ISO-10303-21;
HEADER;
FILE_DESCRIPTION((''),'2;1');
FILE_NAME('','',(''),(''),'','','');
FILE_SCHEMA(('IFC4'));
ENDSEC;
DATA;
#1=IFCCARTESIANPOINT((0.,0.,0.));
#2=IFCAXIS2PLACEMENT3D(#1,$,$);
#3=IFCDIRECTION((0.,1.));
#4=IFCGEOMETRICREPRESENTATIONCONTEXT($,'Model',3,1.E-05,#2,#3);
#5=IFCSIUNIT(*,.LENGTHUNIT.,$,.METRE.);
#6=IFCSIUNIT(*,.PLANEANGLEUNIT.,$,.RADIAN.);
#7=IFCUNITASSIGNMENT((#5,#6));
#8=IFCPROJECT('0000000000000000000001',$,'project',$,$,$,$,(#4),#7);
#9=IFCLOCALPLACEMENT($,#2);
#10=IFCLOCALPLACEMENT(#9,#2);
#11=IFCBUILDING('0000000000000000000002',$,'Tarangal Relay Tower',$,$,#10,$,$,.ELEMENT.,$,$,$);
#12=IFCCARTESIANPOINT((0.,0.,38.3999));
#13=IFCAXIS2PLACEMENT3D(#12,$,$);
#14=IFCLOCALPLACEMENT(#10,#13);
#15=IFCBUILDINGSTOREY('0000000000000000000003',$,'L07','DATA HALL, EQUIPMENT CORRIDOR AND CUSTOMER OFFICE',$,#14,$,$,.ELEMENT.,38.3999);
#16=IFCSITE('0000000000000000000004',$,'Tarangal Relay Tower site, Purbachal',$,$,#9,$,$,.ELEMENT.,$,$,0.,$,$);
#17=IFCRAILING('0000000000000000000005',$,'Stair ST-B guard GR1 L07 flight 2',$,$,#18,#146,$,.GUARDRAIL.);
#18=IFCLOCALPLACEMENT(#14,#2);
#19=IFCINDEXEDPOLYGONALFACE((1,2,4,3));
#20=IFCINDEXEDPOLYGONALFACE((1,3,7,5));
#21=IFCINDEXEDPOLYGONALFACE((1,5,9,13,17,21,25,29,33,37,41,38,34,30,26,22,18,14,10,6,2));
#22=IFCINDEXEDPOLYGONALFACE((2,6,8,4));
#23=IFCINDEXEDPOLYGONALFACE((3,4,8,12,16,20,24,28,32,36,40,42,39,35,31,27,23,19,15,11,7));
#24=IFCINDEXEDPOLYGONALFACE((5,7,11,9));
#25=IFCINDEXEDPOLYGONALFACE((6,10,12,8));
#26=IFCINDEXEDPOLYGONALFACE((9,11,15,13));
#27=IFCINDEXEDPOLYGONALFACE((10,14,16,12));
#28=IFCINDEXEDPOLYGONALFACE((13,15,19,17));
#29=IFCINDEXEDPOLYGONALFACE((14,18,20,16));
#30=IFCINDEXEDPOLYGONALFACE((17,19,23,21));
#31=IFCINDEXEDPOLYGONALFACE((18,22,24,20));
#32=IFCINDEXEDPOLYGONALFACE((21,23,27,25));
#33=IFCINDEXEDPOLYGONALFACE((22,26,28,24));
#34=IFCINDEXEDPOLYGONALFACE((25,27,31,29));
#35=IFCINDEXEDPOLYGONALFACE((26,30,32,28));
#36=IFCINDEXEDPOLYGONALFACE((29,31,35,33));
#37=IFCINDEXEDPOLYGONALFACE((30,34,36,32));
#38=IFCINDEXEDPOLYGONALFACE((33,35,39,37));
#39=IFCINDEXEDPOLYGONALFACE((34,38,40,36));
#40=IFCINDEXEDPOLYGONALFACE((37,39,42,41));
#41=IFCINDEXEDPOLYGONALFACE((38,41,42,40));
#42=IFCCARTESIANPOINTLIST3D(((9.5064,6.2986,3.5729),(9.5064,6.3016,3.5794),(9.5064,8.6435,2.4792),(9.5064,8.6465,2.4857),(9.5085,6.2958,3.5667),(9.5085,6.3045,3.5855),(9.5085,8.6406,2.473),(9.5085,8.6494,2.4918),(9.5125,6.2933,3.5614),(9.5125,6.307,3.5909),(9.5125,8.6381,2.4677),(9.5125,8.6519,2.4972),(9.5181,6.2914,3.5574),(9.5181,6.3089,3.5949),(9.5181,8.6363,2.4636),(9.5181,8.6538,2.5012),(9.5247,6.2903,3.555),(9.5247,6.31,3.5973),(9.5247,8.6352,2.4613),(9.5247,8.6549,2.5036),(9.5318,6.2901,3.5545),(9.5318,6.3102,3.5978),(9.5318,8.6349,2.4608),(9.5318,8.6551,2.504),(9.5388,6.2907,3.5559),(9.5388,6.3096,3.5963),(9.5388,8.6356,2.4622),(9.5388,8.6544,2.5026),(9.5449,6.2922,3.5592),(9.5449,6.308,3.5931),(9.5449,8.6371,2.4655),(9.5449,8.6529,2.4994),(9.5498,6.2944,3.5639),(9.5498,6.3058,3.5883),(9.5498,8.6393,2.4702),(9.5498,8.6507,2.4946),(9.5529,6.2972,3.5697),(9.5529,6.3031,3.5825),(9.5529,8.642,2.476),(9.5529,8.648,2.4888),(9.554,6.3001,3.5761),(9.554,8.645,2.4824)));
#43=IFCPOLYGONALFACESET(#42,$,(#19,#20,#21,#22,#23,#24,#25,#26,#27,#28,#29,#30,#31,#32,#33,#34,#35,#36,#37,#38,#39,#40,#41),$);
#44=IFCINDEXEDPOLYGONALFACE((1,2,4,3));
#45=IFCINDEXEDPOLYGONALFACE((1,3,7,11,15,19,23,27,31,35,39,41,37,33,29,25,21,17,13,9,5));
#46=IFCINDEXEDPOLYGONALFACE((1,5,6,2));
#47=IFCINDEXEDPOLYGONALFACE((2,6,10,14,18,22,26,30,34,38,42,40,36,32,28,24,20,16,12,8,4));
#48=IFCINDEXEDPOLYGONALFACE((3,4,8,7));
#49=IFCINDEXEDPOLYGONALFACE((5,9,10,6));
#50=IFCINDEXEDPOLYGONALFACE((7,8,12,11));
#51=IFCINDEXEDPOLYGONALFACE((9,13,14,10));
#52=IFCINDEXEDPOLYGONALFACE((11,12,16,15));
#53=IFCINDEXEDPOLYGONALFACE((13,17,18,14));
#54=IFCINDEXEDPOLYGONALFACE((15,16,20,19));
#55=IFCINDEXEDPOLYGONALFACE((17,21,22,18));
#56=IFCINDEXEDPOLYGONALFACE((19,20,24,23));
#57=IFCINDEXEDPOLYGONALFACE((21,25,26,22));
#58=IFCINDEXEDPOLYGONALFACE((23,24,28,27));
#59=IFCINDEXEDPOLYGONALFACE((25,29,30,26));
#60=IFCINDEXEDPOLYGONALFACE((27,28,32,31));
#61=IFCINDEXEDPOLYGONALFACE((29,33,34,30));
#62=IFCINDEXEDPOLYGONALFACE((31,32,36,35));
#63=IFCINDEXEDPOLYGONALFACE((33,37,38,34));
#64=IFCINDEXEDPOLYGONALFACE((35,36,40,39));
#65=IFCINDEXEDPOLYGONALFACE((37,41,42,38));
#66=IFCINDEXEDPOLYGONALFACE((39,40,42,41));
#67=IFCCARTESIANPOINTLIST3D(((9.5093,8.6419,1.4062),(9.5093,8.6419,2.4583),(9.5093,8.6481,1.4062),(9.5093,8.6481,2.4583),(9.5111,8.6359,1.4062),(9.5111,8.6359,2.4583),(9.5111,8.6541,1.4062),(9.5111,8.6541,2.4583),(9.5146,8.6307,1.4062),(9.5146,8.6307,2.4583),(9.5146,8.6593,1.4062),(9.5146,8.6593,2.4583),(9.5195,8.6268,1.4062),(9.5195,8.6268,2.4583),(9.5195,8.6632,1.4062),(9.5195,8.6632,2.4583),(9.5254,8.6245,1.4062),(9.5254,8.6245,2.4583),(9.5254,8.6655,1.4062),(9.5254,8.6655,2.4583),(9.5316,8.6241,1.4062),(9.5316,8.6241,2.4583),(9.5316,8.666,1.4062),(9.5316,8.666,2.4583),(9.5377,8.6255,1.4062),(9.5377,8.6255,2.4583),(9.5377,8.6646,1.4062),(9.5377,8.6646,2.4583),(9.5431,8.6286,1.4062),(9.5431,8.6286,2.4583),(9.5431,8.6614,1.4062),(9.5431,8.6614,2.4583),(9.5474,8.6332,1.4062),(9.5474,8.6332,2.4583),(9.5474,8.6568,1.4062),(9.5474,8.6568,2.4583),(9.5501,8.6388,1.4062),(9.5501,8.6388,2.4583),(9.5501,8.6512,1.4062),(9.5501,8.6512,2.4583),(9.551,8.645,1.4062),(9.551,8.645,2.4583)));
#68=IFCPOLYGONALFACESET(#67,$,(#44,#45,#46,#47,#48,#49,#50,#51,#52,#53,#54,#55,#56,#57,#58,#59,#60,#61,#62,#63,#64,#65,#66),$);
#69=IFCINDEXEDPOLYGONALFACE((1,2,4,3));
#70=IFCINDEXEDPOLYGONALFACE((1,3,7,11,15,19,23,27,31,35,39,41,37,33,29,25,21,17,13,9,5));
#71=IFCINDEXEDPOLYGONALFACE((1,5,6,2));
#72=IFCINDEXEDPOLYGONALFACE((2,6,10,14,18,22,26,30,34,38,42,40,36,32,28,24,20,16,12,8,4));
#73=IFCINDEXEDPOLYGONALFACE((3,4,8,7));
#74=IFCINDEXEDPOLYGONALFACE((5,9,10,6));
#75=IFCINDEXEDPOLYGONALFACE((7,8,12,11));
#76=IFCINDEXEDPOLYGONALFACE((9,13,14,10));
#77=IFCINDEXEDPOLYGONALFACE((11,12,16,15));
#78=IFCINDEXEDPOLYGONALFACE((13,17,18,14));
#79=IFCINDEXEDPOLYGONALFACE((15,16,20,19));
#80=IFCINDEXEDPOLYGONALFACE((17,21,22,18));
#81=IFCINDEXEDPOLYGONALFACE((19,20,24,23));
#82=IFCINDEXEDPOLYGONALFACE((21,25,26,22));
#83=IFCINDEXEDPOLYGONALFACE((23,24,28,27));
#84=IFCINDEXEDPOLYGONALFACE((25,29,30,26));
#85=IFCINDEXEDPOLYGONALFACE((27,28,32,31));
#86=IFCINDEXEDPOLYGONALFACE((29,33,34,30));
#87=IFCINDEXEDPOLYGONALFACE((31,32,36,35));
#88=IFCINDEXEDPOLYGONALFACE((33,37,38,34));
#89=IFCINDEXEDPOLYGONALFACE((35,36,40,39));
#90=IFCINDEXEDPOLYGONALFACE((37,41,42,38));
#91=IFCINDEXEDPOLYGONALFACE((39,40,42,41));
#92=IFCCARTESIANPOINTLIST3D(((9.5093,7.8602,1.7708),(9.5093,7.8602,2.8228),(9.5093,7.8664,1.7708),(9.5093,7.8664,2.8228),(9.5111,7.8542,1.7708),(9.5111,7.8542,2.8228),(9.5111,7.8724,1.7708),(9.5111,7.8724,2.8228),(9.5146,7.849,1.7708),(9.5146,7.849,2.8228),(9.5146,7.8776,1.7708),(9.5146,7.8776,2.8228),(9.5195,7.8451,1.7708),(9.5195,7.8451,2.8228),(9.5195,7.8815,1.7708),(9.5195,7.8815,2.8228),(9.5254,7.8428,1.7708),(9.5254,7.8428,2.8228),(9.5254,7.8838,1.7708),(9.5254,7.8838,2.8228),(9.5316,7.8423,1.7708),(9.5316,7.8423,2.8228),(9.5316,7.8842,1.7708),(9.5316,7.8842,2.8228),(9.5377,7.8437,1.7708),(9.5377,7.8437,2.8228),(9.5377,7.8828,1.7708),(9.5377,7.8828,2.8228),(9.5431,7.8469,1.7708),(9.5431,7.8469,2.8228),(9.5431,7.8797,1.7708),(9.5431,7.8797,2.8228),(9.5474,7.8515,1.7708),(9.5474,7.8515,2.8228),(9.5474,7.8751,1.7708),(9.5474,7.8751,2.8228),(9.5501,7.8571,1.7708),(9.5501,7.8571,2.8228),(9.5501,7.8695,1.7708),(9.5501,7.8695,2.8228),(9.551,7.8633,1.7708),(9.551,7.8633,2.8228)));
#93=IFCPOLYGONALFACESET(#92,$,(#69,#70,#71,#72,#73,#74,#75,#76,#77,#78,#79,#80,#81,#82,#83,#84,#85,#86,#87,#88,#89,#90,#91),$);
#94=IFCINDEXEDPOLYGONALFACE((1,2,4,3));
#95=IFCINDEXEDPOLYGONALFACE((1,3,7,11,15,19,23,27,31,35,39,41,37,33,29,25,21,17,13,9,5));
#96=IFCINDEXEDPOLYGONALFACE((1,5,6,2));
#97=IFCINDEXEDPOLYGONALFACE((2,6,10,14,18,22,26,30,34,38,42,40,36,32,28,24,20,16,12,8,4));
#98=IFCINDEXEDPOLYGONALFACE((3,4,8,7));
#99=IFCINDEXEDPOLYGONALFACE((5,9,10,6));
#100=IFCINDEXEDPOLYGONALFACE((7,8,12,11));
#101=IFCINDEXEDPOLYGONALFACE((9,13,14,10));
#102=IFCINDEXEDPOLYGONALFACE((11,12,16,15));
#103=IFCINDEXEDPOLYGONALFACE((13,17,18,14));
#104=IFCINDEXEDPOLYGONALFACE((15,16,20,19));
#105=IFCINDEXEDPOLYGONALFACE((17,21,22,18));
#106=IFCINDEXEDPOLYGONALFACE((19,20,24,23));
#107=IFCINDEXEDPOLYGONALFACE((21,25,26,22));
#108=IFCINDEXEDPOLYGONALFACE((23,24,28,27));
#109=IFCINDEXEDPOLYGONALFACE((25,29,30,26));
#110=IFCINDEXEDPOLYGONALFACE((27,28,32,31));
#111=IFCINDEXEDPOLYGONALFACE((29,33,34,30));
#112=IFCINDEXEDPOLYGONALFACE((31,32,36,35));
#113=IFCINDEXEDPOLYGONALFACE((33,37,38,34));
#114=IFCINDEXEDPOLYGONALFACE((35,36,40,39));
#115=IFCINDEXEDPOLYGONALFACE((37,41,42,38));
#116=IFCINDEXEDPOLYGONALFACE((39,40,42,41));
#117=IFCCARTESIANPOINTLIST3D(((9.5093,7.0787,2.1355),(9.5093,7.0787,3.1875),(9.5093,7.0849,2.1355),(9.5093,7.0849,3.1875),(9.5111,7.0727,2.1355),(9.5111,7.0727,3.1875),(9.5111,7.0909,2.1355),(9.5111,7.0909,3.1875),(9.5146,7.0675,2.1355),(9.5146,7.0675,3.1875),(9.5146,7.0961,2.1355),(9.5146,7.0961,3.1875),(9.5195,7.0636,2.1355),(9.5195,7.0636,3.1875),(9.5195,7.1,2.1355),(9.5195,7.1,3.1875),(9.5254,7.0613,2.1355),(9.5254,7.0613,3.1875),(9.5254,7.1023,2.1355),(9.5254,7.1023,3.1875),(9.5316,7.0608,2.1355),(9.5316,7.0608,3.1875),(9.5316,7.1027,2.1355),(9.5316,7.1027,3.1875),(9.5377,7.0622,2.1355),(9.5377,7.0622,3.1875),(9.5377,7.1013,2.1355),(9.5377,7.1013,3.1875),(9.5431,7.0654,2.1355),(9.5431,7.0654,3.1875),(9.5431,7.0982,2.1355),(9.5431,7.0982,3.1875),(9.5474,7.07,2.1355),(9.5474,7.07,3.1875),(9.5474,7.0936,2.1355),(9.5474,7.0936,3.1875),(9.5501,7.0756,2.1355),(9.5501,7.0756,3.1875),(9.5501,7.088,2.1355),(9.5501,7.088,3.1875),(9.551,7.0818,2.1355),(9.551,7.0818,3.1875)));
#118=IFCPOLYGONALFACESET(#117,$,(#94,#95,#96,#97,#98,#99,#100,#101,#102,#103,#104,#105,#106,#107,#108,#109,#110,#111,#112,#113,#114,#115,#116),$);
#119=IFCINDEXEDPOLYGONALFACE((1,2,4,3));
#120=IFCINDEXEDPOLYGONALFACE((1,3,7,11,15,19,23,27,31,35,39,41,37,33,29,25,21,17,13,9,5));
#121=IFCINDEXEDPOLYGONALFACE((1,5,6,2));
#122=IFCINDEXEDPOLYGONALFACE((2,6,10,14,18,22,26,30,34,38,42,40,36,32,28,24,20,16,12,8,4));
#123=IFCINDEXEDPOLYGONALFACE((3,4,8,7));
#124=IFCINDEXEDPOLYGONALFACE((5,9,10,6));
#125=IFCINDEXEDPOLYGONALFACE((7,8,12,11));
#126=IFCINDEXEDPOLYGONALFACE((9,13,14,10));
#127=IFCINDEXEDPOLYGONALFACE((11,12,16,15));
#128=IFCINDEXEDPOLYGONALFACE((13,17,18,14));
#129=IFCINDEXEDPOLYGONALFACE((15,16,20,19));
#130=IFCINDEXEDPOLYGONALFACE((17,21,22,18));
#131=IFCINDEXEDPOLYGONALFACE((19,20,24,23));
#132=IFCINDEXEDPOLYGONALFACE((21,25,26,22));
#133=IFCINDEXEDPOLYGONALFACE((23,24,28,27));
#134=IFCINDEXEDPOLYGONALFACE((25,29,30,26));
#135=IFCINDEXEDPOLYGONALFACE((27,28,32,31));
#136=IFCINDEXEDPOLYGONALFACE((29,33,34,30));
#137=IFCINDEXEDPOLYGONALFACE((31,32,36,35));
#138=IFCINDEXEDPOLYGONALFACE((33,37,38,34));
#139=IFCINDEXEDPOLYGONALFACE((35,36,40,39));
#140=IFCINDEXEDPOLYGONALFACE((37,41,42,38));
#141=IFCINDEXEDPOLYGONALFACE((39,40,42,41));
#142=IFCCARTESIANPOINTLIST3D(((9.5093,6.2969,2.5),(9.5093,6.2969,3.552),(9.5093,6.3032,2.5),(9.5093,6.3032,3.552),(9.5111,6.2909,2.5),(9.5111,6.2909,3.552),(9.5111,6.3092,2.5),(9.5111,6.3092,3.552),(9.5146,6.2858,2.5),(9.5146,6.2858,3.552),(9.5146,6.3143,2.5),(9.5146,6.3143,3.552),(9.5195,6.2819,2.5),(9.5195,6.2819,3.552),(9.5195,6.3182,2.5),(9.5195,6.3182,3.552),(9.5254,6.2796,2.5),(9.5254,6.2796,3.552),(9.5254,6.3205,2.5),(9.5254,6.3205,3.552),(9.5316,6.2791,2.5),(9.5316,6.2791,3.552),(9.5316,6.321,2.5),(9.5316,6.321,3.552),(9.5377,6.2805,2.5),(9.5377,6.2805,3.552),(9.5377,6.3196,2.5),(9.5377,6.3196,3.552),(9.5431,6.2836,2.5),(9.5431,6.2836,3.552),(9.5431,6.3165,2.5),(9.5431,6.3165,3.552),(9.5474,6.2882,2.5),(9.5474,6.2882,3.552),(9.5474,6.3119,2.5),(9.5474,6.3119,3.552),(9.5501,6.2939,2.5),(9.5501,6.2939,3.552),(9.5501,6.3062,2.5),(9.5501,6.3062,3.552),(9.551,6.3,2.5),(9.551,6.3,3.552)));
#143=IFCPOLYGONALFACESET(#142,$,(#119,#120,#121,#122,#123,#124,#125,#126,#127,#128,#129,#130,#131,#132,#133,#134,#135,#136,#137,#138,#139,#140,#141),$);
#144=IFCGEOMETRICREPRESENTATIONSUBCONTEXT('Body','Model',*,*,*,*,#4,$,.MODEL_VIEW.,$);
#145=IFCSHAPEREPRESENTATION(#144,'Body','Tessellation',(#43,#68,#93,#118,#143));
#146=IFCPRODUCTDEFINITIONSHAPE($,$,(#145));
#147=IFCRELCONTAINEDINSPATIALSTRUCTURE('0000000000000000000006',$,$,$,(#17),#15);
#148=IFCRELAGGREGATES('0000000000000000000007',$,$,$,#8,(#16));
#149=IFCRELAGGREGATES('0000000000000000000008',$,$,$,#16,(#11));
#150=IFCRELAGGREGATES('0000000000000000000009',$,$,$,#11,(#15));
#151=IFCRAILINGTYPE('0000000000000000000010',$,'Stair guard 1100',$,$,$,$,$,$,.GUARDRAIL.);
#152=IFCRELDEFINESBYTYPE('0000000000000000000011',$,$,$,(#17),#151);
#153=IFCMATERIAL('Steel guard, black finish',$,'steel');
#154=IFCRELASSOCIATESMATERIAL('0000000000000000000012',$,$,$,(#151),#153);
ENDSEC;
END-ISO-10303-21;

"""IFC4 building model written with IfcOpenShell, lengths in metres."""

from ifc_helpers import new_model, si_unit, direction, frame, origin, origin_2d, place, context, subcontext, project, spatial, circle, extrude, material, type_object, element, save


model = new_model("IFC4")

# Units and contexts
model_context = context("Model", 3, precision=1e-05, world=origin(), true_north=direction((0.0, 1.0)))
body_context = subcontext(model_context, "Body", "Model", "MODEL_VIEW")
ifc_project = project(units=[si_unit("LENGTHUNIT", "METRE"), si_unit("PLANEANGLEUNIT", "RADIAN")], contexts=[model_context])

# Site, building, storey
site_placement = place(None, origin())
site = spatial("IfcSite", under=ifc_project, at=site_placement, Name="Tarangal Relay Tower site, Purbachal", CompositionType="ELEMENT", RefElevation=0.0)
building_placement = place(site_placement, origin())
building = spatial("IfcBuilding", under=site, at=building_placement, Name="Tarangal Relay Tower", CompositionType="ELEMENT")
storey_placement = place(building_placement, frame((0.0, 0.0, 38.3999)))
storey = spatial("IfcBuildingStorey", under=building, at=storey_placement, Name="L07", Description="DATA HALL, EQUIPMENT CORRIDOR AND CUSTOMER OFFICE", CompositionType="ELEMENT", Elevation=38.3999)

# Railing
ifc_material_1 = material(Name="Steel guard, black finish", Category="steel")
railing_type_1 = type_object("IfcRailingType", Name="Stair guard 1100", PredefinedType="GUARDRAIL", material=ifc_material_1)
railing_1_placement = place(storey_placement, frame((9.53, 8.645, 1.4062)))
element("IfcRailing", 1, at=railing_1_placement, inside=storey, type_object=railing_type_1, Name="Stair ST-B guard GR1 L07 flight 2", PredefinedType="GUARDRAIL", context=body_context, shape_type="SweptSolid", body=[
    extrude(circle(Radius=0.0239, at=origin_2d()), frame((0.0, 0.0, 1.0762), z_axis=(0.0, -0.906267, 0.422705), x_axis=(1.0, 0.0, 0.0)), (0.0, 0.0, 1.0), 2.5874),
    extrude(circle(Radius=0.021, at=origin_2d()), origin(), (0.0, 0.0, 1.0), 1.052),
    extrude(circle(Radius=0.021, at=origin_2d()), frame((0.0, -0.7817, 0.3645)), (0.0, 0.0, 1.0), 1.052),
    extrude(circle(Radius=0.021, at=origin_2d()), frame((0.0, -1.5632, 0.7292)), (0.0, 0.0, 1.0), 1.052),
    extrude(circle(Radius=0.021, at=origin_2d()), frame((0.0, -2.345, 1.0938)), (0.0, 0.0, 1.0), 1.052),
])

save(model, "model.ifc")
